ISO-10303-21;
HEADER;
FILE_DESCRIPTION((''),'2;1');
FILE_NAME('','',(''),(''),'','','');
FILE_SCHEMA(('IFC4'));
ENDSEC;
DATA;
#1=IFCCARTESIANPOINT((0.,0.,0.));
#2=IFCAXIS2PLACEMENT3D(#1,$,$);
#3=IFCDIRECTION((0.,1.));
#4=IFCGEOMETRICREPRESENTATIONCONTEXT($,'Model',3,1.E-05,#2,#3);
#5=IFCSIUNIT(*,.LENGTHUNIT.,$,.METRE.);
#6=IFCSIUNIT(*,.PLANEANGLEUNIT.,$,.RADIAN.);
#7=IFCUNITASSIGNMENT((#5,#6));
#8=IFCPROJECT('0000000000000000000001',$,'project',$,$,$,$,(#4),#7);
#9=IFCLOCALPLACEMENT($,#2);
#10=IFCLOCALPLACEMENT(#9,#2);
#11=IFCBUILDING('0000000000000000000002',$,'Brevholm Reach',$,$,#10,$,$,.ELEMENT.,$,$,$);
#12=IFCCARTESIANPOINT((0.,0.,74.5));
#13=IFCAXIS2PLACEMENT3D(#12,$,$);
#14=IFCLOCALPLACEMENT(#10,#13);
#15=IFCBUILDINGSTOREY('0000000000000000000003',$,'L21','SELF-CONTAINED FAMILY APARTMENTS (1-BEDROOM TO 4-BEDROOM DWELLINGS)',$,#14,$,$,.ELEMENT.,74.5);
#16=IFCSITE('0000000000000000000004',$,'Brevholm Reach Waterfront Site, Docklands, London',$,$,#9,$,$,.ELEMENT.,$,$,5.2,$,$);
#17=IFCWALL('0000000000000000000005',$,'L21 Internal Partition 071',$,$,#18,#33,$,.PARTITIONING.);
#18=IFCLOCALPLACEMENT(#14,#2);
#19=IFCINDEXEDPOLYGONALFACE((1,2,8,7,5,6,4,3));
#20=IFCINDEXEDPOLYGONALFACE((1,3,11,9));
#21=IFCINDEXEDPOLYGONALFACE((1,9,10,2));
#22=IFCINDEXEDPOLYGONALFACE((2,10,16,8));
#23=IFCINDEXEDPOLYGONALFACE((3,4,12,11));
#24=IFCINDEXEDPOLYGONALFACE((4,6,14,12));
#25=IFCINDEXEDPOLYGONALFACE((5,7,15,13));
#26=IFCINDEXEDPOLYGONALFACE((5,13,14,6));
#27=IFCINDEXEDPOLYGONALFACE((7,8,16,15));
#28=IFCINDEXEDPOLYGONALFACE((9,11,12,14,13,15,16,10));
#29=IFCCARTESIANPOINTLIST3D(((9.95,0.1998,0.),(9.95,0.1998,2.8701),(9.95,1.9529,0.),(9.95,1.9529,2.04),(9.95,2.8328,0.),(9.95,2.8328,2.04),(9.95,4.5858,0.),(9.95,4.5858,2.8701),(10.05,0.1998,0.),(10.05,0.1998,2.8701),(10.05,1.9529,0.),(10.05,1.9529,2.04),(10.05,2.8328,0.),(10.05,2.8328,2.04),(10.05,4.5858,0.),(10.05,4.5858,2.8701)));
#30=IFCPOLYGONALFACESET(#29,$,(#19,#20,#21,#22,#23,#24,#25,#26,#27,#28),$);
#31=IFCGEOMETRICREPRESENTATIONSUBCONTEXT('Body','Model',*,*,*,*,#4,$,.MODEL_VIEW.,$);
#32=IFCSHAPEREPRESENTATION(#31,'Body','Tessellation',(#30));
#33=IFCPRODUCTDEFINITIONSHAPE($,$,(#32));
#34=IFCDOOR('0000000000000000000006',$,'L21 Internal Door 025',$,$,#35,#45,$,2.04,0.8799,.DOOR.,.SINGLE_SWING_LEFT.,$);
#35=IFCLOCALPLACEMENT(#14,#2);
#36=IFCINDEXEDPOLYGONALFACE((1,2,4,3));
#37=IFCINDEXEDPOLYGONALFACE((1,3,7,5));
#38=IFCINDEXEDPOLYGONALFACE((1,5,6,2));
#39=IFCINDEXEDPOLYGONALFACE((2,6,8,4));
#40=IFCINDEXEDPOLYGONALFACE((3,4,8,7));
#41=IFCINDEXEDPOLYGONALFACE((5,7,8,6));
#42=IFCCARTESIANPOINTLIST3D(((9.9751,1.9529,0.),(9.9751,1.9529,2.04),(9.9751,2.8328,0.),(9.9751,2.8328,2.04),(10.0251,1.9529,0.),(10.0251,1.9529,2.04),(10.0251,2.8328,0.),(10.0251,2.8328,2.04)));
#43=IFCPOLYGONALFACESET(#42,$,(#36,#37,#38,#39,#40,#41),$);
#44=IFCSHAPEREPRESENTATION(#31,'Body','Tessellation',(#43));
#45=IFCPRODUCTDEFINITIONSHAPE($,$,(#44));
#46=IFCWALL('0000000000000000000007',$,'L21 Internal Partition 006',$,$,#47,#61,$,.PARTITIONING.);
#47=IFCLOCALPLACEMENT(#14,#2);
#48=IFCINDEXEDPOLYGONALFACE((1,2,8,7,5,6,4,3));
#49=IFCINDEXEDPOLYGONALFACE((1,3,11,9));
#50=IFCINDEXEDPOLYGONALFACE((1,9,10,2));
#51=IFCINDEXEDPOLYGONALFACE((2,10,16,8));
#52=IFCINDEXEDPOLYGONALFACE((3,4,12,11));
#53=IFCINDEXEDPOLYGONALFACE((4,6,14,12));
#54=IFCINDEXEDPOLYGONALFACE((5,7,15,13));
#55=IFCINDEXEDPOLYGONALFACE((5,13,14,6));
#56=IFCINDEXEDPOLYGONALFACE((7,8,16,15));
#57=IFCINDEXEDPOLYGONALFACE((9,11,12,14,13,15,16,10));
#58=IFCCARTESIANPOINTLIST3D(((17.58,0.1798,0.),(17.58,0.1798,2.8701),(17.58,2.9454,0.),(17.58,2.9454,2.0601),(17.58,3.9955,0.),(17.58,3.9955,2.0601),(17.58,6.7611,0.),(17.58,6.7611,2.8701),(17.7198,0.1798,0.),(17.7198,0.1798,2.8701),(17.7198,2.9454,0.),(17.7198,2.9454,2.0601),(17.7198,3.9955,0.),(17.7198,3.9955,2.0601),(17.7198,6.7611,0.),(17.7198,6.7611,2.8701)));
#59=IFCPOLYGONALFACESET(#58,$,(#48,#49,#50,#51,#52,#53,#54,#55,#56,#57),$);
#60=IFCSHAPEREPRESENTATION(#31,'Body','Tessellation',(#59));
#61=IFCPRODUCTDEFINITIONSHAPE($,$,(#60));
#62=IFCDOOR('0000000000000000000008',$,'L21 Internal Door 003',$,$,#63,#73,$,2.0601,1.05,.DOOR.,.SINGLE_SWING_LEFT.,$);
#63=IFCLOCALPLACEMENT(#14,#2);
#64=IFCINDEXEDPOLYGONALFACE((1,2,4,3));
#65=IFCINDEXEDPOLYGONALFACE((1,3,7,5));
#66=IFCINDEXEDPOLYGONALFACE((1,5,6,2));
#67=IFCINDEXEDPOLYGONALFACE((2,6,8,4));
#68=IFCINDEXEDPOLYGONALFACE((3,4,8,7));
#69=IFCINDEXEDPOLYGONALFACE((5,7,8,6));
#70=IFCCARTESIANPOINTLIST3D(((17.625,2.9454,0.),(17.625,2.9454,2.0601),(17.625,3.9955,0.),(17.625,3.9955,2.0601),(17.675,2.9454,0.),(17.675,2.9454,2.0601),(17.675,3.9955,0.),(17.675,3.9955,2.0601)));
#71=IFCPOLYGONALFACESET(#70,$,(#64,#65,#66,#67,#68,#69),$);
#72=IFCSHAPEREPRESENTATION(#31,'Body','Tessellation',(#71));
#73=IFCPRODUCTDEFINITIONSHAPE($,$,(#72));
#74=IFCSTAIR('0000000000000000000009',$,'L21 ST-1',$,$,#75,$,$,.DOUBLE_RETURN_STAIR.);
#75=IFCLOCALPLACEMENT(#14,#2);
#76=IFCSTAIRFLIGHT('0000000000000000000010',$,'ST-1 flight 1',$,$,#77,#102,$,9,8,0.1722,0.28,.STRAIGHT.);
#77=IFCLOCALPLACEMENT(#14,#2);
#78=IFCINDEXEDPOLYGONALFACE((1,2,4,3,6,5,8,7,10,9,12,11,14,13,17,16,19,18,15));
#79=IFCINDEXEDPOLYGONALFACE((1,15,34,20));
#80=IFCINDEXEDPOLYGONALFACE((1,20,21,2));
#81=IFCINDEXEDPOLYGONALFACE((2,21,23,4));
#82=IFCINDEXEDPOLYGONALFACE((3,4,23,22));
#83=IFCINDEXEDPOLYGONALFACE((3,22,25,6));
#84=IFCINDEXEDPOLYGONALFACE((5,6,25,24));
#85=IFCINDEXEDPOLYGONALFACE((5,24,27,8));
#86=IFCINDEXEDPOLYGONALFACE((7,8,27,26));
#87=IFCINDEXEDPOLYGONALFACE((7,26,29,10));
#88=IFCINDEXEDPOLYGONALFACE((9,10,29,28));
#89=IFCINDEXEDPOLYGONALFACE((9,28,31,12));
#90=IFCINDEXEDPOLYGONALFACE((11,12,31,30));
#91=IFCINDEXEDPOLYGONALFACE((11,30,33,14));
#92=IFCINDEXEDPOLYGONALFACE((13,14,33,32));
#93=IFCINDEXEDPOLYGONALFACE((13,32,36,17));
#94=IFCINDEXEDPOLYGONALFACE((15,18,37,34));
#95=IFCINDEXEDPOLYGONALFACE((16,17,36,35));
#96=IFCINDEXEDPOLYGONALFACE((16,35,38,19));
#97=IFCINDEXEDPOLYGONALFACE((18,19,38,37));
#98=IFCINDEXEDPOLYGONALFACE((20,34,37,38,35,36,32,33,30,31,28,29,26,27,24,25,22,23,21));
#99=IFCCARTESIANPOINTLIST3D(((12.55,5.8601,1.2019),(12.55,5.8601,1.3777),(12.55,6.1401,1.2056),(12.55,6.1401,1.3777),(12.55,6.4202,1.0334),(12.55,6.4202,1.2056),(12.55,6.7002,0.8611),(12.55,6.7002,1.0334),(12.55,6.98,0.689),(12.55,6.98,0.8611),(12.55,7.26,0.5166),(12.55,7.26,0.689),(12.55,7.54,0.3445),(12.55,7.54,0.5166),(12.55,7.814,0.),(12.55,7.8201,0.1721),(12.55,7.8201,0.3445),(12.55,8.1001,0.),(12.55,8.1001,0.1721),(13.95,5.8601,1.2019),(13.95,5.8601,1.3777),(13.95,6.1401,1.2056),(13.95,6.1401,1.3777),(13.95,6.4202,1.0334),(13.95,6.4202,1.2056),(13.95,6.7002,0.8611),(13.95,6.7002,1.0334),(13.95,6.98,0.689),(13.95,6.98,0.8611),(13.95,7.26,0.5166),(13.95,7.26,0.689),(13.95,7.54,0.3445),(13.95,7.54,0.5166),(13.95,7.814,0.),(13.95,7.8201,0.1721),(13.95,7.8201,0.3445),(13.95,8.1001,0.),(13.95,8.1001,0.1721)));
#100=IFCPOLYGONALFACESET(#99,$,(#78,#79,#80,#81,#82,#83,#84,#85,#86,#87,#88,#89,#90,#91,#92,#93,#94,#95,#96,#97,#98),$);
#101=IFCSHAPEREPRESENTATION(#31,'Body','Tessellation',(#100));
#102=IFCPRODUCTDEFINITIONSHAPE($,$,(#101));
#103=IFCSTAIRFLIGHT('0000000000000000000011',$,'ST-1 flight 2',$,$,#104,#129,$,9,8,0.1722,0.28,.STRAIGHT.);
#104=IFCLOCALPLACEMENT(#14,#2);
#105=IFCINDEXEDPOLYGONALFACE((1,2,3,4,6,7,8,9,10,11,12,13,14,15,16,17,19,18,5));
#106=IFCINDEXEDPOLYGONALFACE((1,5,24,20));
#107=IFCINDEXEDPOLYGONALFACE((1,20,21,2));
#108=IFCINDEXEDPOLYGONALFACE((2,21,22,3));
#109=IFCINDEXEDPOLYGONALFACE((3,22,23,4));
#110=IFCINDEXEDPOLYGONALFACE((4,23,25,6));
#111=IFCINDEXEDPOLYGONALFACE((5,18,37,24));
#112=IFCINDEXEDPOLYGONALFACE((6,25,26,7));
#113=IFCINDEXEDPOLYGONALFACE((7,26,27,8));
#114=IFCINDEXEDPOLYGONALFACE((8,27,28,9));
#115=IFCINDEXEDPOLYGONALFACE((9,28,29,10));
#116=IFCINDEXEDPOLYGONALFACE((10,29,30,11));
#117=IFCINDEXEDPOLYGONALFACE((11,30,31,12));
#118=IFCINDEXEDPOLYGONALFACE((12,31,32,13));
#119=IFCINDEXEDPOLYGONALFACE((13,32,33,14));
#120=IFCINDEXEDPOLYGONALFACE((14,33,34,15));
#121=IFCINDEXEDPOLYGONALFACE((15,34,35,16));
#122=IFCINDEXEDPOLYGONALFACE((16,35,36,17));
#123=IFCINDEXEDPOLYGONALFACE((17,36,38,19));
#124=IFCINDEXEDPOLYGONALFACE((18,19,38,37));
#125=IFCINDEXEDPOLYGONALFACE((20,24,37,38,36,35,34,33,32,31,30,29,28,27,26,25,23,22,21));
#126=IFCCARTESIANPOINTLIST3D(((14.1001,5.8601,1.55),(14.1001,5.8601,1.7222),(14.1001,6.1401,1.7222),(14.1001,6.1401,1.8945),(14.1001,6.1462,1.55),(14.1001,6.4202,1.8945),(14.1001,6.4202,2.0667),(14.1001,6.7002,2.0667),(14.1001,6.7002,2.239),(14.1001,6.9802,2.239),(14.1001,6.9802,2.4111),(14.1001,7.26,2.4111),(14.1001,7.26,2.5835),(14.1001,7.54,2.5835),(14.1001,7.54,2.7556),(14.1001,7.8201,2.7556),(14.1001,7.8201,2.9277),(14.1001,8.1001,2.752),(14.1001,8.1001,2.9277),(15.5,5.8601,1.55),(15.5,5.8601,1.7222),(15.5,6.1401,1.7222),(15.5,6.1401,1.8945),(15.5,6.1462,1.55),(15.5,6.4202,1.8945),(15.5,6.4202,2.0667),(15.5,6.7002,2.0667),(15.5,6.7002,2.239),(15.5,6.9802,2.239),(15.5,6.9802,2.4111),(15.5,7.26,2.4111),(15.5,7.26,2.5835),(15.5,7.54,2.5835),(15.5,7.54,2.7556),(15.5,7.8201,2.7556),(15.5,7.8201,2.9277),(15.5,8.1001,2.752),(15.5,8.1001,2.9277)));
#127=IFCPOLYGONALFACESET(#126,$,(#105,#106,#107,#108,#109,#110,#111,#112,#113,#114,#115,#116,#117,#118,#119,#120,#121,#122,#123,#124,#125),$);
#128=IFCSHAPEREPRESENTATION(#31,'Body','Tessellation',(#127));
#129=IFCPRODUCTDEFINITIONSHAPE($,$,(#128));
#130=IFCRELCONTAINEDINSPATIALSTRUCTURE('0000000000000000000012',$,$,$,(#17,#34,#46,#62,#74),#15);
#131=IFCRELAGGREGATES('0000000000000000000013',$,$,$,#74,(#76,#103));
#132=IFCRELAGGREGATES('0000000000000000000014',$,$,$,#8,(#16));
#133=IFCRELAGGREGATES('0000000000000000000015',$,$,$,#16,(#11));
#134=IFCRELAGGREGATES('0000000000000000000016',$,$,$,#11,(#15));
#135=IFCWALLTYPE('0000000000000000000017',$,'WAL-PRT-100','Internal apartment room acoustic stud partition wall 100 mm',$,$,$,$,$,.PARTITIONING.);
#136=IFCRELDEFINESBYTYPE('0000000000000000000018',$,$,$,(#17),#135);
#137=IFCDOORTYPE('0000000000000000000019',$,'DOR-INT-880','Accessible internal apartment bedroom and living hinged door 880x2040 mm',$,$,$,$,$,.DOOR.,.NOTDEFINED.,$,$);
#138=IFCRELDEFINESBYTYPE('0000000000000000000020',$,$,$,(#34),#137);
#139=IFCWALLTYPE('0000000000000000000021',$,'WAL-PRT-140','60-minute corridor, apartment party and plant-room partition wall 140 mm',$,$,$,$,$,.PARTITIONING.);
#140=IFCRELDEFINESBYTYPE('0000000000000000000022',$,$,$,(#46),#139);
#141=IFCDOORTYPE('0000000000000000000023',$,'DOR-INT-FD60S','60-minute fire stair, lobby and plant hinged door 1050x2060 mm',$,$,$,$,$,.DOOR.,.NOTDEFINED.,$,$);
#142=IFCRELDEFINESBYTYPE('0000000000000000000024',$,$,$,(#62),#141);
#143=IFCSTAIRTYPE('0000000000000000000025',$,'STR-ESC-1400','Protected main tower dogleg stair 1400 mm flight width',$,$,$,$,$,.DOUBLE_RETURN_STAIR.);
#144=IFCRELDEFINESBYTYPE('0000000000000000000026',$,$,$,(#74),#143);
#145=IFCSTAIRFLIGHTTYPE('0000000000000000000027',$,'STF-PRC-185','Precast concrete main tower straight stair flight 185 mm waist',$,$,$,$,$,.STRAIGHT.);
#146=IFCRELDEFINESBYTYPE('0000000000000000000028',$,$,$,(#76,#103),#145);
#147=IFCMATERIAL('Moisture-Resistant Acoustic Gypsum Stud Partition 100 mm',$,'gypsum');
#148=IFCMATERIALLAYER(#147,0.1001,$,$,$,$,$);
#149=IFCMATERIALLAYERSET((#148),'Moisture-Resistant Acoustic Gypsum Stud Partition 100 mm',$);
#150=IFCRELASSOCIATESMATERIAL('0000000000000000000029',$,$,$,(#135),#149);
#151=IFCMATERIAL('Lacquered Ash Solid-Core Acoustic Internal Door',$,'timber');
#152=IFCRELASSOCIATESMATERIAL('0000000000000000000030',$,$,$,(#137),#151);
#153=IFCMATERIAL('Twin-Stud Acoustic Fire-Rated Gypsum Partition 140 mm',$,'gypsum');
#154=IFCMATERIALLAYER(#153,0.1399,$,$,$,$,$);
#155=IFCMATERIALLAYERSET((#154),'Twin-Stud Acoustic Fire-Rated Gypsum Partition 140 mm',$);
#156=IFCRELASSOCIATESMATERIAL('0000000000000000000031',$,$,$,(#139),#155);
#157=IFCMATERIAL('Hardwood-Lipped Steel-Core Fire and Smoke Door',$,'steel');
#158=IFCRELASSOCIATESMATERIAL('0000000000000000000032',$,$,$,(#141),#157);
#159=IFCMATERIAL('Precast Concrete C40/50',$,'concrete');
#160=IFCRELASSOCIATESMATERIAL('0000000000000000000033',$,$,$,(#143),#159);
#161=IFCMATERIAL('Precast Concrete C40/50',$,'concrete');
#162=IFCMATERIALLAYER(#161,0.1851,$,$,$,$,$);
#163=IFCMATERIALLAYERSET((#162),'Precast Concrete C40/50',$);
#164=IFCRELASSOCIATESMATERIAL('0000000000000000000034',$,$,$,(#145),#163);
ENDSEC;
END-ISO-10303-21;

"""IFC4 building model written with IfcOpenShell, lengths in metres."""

from ifc_helpers import new_model, si_unit, direction, frame, frame_2d, origin, place, context, subcontext, project, spatial, polyline, rectangle, outline, extrude, material, layer, layer_set, type_object, element, fill, aggregate, save


model = new_model("IFC4")

# Units and contexts
model_context = context("Model", 3, precision=1e-05, world=origin(), true_north=direction((0.0, 1.0)))
body_context = subcontext(model_context, "Body", "Model", "MODEL_VIEW")
ifc_project = project(units=[si_unit("LENGTHUNIT", "METRE"), si_unit("PLANEANGLEUNIT", "RADIAN")], contexts=[model_context])

# Site, building, storey
site_placement = place(None, origin())
site = spatial("IfcSite", under=ifc_project, at=site_placement, Name="Brevholm Reach Waterfront Site, Docklands, London", CompositionType="ELEMENT", RefElevation=5.2)
building_placement = place(site_placement, origin())
building = spatial("IfcBuilding", under=site, at=building_placement, Name="Brevholm Reach", CompositionType="ELEMENT")
storey_placement = place(building_placement, frame((0.0, 0.0, 74.5)))
storey = spatial("IfcBuildingStorey", under=building, at=storey_placement, Name="L21", Description="SELF-CONTAINED FAMILY APARTMENTS (1-BEDROOM TO 4-BEDROOM DWELLINGS)", CompositionType="ELEMENT", Elevation=74.5)

# Walls, openings, doors
ifc_material_1 = material(Name="Moisture-Resistant Acoustic Gypsum Stud Partition 100 mm", Category="gypsum")
ifc_layer_1 = layer(ifc_material_1, 0.1001)
ifc_layer_set_1 = layer_set([ifc_layer_1], Name="Moisture-Resistant Acoustic Gypsum Stud Partition 100 mm")
wall_type_1 = type_object("IfcWallType", Name="WAL-PRT-100", Description="Internal apartment room acoustic stud partition wall 100 mm", PredefinedType="PARTITIONING", material=ifc_layer_set_1)
wall_1_placement = place(storey_placement, frame((10.0, 0.2, 0.0), z_axis=(0.0, 0.0, 1.0), x_axis=(0.0, 1.0, 0.0)))
wall_1 = element("IfcWall", 1, at=wall_1_placement, inside=storey, type_object=wall_type_1, Name="L21 Internal Partition 071", PredefinedType="PARTITIONING", context=body_context, shape_type="SweptSolid", body=[
    extrude(rectangle(XDim=4.386, YDim=0.1001, at=frame_2d((2.1929, 0.0))), origin(), (0.0, 0.0, 1.0), 2.8701),
])
opening_1_placement = place(wall_1_placement, frame((1.7529, 0.0, 0.0)))
opening_1 = element("IfcOpeningElement", 2, at=opening_1_placement, cuts=wall_1, PredefinedType="OPENING", context=body_context, shape_type="SweptSolid", body=[
    extrude(rectangle(XDim=0.8799, YDim=2.04, at=frame_2d((0.4399, 1.02))), frame((0.0, 0.0601, 0.0), z_axis=(0.0, -1.0, 0.0), x_axis=(1.0, 0.0, 0.0)), (0.0, 0.0, 1.0), 0.1201),
])
ifc_material_2 = material(Name="Lacquered Ash Solid-Core Acoustic Internal Door", Category="timber")
door_type_1 = type_object("IfcDoorType", Name="DOR-INT-880", Description="Accessible internal apartment bedroom and living hinged door 880x2040 mm", OperationType="NOTDEFINED", PredefinedType="DOOR", material=ifc_material_2)
door_1_placement = place(opening_1_placement, origin())
door_1 = element("IfcDoor", 3, at=door_1_placement, inside=storey, type_object=door_type_1, Name="L21 Internal Door 025", OperationType="SINGLE_SWING_LEFT", OverallHeight=2.04, OverallWidth=0.8799, PredefinedType="DOOR", context=body_context, shape_type="SweptSolid", body=[
    extrude(rectangle(XDim=0.8799, YDim=2.04, at=frame_2d((0.4399, 1.02))), frame((0.0, 0.0249, 0.0), z_axis=(0.0, -1.0, 0.0), x_axis=(1.0, 0.0, 0.0)), (0.0, 0.0, 1.0), 0.05),
])
fill(opening_1, door_1)
ifc_material_3 = material(Name="Twin-Stud Acoustic Fire-Rated Gypsum Partition 140 mm", Category="gypsum")
ifc_layer_2 = layer(ifc_material_3, 0.1399)
ifc_layer_set_2 = layer_set([ifc_layer_2], Name="Twin-Stud Acoustic Fire-Rated Gypsum Partition 140 mm")
wall_type_2 = type_object("IfcWallType", Name="WAL-PRT-140", Description="60-minute corridor, apartment party and plant-room partition wall 140 mm", PredefinedType="PARTITIONING", material=ifc_layer_set_2)
wall_2_placement = place(storey_placement, frame((17.6499, 0.1799, 0.0), z_axis=(0.0, 0.0, 1.0), x_axis=(0.0, 1.0, 0.0)))
wall_2 = element("IfcWall", 4, at=wall_2_placement, inside=storey, type_object=wall_type_2, Name="L21 Internal Partition 006", PredefinedType="PARTITIONING", context=body_context, shape_type="SweptSolid", body=[
    extrude(rectangle(XDim=6.5813, YDim=0.1399, at=frame_2d((3.2905, 0.0))), origin(), (0.0, 0.0, 1.0), 2.8701),
])
opening_2_placement = place(wall_2_placement, frame((2.7656, 0.0, 0.0)))
opening_2 = element("IfcOpeningElement", 5, at=opening_2_placement, cuts=wall_2, PredefinedType="OPENING", context=body_context, shape_type="SweptSolid", body=[
    extrude(rectangle(XDim=1.05, YDim=2.0601, at=frame_2d((0.5249, 1.03))), frame((0.0, 0.0798, 0.0), z_axis=(0.0, -1.0, 0.0), x_axis=(1.0, 0.0, 0.0)), (0.0, 0.0, 1.0), 0.1599),
])
ifc_material_4 = material(Name="Hardwood-Lipped Steel-Core Fire and Smoke Door", Category="steel")
door_type_2 = type_object("IfcDoorType", Name="DOR-INT-FD60S", Description="60-minute fire stair, lobby and plant hinged door 1050x2060 mm", OperationType="NOTDEFINED", PredefinedType="DOOR", material=ifc_material_4)
door_2_placement = place(opening_2_placement, origin())
door_2 = element("IfcDoor", 6, at=door_2_placement, inside=storey, type_object=door_type_2, Name="L21 Internal Door 003", OperationType="SINGLE_SWING_LEFT", OverallHeight=2.0601, OverallWidth=1.05, PredefinedType="DOOR", context=body_context, shape_type="SweptSolid", body=[
    extrude(rectangle(XDim=1.05, YDim=2.0601, at=frame_2d((0.5249, 1.03))), frame((0.0, 0.0249, 0.0), z_axis=(0.0, -1.0, 0.0), x_axis=(1.0, 0.0, 0.0)), (0.0, 0.0, 1.0), 0.05),
])
fill(opening_2, door_2)

# Stair, stair flights
ifc_material_5 = material(Name="Precast Concrete C40/50", Category="concrete")
stair_type = type_object("IfcStairType", Name="STR-ESC-1400", Description="Protected main tower dogleg stair 1400 mm flight width", PredefinedType="DOUBLE_RETURN_STAIR", material=ifc_material_5)
stair_placement = place(storey_placement, origin())
stair = element("IfcStair", 7, at=stair_placement, inside=storey, type_object=stair_type, Name="L21 ST-1", PredefinedType="DOUBLE_RETURN_STAIR")
ifc_material_6 = material(Name="Precast Concrete C40/50", Category="concrete")
ifc_layer_3 = layer(ifc_material_6, 0.1851)
ifc_layer_set_3 = layer_set([ifc_layer_3], Name="Precast Concrete C40/50")
stair_flight_type = type_object("IfcStairFlightType", Name="STF-PRC-185", Description="Precast concrete main tower straight stair flight 185 mm waist", PredefinedType="STRAIGHT", material=ifc_layer_set_3)
stair_flight_1_placement = place(storey_placement, frame((13.25, 8.1001, 0.0), z_axis=(0.0, 0.0, 1.0), x_axis=(0.0, -1.0, 0.0)))
stair_flight_1 = element("IfcStairFlight", 8, at=stair_flight_1_placement, type_object=stair_flight_type, Name="ST-1 flight 1", NumberOfRisers=9, NumberOfTreads=8, PredefinedType="STRAIGHT", RiserHeight=0.1722, TreadLength=0.28, context=body_context, shape_type="SweptSolid", body=[
    extrude(outline(polyline([(0.0, 0.0), (0.0, 0.1721), (0.28, 0.1721), (0.28, 0.3445), (0.5601, 0.3445), (0.5601, 0.5166), (0.8401, 0.5166), (0.8401, 0.689), (1.1201, 0.689), (1.1201, 0.8611), (1.3999, 0.8611), (1.3999, 1.0334), (1.6799, 1.0334), (1.6799, 1.2056), (1.96, 1.2056), (1.96, 1.3777), (2.24, 1.3777), (2.24, 1.55), (2.24, 1.2019), (0.2861, 0.0), (0.0, 0.0)])), frame((0.0, 0.7, 0.0), z_axis=(0.0, -1.0, 0.0), x_axis=(1.0, 0.0, 0.0)), (0.0, 0.0, 1.0), 1.3999),
])
stair_flight_2_placement = place(storey_placement, frame((14.8, 5.8601, 1.55), z_axis=(0.0, 0.0, 1.0), x_axis=(0.0, 1.0, 0.0)))
stair_flight_2 = element("IfcStairFlight", 9, at=stair_flight_2_placement, type_object=stair_flight_type, Name="ST-1 flight 2", NumberOfRisers=9, NumberOfTreads=8, PredefinedType="STRAIGHT", RiserHeight=0.1722, TreadLength=0.28, context=body_context, shape_type="SweptSolid", body=[
    extrude(outline(polyline([(0.0, 0.0), (0.0, 0.1721), (0.28, 0.1721), (0.28, 0.3445), (0.5601, 0.3445), (0.5601, 0.5166), (0.8401, 0.5166), (0.8401, 0.689), (1.1201, 0.689), (1.1201, 0.8611), (1.3999, 0.8611), (1.3999, 1.0334), (1.6799, 1.0334), (1.6799, 1.2056), (1.96, 1.2056), (1.96, 1.3777), (2.24, 1.3777), (2.24, 1.55), (2.24, 1.2019), (0.2861, 0.0), (0.0, 0.0)])), frame((0.0, 0.7, 0.0), z_axis=(0.0, -1.0, 0.0), x_axis=(1.0, 0.0, 0.0)), (0.0, 0.0, 1.0), 1.3999),
])
aggregate(stair, [stair_flight_1, stair_flight_2])

save(model, "model.ifc")
